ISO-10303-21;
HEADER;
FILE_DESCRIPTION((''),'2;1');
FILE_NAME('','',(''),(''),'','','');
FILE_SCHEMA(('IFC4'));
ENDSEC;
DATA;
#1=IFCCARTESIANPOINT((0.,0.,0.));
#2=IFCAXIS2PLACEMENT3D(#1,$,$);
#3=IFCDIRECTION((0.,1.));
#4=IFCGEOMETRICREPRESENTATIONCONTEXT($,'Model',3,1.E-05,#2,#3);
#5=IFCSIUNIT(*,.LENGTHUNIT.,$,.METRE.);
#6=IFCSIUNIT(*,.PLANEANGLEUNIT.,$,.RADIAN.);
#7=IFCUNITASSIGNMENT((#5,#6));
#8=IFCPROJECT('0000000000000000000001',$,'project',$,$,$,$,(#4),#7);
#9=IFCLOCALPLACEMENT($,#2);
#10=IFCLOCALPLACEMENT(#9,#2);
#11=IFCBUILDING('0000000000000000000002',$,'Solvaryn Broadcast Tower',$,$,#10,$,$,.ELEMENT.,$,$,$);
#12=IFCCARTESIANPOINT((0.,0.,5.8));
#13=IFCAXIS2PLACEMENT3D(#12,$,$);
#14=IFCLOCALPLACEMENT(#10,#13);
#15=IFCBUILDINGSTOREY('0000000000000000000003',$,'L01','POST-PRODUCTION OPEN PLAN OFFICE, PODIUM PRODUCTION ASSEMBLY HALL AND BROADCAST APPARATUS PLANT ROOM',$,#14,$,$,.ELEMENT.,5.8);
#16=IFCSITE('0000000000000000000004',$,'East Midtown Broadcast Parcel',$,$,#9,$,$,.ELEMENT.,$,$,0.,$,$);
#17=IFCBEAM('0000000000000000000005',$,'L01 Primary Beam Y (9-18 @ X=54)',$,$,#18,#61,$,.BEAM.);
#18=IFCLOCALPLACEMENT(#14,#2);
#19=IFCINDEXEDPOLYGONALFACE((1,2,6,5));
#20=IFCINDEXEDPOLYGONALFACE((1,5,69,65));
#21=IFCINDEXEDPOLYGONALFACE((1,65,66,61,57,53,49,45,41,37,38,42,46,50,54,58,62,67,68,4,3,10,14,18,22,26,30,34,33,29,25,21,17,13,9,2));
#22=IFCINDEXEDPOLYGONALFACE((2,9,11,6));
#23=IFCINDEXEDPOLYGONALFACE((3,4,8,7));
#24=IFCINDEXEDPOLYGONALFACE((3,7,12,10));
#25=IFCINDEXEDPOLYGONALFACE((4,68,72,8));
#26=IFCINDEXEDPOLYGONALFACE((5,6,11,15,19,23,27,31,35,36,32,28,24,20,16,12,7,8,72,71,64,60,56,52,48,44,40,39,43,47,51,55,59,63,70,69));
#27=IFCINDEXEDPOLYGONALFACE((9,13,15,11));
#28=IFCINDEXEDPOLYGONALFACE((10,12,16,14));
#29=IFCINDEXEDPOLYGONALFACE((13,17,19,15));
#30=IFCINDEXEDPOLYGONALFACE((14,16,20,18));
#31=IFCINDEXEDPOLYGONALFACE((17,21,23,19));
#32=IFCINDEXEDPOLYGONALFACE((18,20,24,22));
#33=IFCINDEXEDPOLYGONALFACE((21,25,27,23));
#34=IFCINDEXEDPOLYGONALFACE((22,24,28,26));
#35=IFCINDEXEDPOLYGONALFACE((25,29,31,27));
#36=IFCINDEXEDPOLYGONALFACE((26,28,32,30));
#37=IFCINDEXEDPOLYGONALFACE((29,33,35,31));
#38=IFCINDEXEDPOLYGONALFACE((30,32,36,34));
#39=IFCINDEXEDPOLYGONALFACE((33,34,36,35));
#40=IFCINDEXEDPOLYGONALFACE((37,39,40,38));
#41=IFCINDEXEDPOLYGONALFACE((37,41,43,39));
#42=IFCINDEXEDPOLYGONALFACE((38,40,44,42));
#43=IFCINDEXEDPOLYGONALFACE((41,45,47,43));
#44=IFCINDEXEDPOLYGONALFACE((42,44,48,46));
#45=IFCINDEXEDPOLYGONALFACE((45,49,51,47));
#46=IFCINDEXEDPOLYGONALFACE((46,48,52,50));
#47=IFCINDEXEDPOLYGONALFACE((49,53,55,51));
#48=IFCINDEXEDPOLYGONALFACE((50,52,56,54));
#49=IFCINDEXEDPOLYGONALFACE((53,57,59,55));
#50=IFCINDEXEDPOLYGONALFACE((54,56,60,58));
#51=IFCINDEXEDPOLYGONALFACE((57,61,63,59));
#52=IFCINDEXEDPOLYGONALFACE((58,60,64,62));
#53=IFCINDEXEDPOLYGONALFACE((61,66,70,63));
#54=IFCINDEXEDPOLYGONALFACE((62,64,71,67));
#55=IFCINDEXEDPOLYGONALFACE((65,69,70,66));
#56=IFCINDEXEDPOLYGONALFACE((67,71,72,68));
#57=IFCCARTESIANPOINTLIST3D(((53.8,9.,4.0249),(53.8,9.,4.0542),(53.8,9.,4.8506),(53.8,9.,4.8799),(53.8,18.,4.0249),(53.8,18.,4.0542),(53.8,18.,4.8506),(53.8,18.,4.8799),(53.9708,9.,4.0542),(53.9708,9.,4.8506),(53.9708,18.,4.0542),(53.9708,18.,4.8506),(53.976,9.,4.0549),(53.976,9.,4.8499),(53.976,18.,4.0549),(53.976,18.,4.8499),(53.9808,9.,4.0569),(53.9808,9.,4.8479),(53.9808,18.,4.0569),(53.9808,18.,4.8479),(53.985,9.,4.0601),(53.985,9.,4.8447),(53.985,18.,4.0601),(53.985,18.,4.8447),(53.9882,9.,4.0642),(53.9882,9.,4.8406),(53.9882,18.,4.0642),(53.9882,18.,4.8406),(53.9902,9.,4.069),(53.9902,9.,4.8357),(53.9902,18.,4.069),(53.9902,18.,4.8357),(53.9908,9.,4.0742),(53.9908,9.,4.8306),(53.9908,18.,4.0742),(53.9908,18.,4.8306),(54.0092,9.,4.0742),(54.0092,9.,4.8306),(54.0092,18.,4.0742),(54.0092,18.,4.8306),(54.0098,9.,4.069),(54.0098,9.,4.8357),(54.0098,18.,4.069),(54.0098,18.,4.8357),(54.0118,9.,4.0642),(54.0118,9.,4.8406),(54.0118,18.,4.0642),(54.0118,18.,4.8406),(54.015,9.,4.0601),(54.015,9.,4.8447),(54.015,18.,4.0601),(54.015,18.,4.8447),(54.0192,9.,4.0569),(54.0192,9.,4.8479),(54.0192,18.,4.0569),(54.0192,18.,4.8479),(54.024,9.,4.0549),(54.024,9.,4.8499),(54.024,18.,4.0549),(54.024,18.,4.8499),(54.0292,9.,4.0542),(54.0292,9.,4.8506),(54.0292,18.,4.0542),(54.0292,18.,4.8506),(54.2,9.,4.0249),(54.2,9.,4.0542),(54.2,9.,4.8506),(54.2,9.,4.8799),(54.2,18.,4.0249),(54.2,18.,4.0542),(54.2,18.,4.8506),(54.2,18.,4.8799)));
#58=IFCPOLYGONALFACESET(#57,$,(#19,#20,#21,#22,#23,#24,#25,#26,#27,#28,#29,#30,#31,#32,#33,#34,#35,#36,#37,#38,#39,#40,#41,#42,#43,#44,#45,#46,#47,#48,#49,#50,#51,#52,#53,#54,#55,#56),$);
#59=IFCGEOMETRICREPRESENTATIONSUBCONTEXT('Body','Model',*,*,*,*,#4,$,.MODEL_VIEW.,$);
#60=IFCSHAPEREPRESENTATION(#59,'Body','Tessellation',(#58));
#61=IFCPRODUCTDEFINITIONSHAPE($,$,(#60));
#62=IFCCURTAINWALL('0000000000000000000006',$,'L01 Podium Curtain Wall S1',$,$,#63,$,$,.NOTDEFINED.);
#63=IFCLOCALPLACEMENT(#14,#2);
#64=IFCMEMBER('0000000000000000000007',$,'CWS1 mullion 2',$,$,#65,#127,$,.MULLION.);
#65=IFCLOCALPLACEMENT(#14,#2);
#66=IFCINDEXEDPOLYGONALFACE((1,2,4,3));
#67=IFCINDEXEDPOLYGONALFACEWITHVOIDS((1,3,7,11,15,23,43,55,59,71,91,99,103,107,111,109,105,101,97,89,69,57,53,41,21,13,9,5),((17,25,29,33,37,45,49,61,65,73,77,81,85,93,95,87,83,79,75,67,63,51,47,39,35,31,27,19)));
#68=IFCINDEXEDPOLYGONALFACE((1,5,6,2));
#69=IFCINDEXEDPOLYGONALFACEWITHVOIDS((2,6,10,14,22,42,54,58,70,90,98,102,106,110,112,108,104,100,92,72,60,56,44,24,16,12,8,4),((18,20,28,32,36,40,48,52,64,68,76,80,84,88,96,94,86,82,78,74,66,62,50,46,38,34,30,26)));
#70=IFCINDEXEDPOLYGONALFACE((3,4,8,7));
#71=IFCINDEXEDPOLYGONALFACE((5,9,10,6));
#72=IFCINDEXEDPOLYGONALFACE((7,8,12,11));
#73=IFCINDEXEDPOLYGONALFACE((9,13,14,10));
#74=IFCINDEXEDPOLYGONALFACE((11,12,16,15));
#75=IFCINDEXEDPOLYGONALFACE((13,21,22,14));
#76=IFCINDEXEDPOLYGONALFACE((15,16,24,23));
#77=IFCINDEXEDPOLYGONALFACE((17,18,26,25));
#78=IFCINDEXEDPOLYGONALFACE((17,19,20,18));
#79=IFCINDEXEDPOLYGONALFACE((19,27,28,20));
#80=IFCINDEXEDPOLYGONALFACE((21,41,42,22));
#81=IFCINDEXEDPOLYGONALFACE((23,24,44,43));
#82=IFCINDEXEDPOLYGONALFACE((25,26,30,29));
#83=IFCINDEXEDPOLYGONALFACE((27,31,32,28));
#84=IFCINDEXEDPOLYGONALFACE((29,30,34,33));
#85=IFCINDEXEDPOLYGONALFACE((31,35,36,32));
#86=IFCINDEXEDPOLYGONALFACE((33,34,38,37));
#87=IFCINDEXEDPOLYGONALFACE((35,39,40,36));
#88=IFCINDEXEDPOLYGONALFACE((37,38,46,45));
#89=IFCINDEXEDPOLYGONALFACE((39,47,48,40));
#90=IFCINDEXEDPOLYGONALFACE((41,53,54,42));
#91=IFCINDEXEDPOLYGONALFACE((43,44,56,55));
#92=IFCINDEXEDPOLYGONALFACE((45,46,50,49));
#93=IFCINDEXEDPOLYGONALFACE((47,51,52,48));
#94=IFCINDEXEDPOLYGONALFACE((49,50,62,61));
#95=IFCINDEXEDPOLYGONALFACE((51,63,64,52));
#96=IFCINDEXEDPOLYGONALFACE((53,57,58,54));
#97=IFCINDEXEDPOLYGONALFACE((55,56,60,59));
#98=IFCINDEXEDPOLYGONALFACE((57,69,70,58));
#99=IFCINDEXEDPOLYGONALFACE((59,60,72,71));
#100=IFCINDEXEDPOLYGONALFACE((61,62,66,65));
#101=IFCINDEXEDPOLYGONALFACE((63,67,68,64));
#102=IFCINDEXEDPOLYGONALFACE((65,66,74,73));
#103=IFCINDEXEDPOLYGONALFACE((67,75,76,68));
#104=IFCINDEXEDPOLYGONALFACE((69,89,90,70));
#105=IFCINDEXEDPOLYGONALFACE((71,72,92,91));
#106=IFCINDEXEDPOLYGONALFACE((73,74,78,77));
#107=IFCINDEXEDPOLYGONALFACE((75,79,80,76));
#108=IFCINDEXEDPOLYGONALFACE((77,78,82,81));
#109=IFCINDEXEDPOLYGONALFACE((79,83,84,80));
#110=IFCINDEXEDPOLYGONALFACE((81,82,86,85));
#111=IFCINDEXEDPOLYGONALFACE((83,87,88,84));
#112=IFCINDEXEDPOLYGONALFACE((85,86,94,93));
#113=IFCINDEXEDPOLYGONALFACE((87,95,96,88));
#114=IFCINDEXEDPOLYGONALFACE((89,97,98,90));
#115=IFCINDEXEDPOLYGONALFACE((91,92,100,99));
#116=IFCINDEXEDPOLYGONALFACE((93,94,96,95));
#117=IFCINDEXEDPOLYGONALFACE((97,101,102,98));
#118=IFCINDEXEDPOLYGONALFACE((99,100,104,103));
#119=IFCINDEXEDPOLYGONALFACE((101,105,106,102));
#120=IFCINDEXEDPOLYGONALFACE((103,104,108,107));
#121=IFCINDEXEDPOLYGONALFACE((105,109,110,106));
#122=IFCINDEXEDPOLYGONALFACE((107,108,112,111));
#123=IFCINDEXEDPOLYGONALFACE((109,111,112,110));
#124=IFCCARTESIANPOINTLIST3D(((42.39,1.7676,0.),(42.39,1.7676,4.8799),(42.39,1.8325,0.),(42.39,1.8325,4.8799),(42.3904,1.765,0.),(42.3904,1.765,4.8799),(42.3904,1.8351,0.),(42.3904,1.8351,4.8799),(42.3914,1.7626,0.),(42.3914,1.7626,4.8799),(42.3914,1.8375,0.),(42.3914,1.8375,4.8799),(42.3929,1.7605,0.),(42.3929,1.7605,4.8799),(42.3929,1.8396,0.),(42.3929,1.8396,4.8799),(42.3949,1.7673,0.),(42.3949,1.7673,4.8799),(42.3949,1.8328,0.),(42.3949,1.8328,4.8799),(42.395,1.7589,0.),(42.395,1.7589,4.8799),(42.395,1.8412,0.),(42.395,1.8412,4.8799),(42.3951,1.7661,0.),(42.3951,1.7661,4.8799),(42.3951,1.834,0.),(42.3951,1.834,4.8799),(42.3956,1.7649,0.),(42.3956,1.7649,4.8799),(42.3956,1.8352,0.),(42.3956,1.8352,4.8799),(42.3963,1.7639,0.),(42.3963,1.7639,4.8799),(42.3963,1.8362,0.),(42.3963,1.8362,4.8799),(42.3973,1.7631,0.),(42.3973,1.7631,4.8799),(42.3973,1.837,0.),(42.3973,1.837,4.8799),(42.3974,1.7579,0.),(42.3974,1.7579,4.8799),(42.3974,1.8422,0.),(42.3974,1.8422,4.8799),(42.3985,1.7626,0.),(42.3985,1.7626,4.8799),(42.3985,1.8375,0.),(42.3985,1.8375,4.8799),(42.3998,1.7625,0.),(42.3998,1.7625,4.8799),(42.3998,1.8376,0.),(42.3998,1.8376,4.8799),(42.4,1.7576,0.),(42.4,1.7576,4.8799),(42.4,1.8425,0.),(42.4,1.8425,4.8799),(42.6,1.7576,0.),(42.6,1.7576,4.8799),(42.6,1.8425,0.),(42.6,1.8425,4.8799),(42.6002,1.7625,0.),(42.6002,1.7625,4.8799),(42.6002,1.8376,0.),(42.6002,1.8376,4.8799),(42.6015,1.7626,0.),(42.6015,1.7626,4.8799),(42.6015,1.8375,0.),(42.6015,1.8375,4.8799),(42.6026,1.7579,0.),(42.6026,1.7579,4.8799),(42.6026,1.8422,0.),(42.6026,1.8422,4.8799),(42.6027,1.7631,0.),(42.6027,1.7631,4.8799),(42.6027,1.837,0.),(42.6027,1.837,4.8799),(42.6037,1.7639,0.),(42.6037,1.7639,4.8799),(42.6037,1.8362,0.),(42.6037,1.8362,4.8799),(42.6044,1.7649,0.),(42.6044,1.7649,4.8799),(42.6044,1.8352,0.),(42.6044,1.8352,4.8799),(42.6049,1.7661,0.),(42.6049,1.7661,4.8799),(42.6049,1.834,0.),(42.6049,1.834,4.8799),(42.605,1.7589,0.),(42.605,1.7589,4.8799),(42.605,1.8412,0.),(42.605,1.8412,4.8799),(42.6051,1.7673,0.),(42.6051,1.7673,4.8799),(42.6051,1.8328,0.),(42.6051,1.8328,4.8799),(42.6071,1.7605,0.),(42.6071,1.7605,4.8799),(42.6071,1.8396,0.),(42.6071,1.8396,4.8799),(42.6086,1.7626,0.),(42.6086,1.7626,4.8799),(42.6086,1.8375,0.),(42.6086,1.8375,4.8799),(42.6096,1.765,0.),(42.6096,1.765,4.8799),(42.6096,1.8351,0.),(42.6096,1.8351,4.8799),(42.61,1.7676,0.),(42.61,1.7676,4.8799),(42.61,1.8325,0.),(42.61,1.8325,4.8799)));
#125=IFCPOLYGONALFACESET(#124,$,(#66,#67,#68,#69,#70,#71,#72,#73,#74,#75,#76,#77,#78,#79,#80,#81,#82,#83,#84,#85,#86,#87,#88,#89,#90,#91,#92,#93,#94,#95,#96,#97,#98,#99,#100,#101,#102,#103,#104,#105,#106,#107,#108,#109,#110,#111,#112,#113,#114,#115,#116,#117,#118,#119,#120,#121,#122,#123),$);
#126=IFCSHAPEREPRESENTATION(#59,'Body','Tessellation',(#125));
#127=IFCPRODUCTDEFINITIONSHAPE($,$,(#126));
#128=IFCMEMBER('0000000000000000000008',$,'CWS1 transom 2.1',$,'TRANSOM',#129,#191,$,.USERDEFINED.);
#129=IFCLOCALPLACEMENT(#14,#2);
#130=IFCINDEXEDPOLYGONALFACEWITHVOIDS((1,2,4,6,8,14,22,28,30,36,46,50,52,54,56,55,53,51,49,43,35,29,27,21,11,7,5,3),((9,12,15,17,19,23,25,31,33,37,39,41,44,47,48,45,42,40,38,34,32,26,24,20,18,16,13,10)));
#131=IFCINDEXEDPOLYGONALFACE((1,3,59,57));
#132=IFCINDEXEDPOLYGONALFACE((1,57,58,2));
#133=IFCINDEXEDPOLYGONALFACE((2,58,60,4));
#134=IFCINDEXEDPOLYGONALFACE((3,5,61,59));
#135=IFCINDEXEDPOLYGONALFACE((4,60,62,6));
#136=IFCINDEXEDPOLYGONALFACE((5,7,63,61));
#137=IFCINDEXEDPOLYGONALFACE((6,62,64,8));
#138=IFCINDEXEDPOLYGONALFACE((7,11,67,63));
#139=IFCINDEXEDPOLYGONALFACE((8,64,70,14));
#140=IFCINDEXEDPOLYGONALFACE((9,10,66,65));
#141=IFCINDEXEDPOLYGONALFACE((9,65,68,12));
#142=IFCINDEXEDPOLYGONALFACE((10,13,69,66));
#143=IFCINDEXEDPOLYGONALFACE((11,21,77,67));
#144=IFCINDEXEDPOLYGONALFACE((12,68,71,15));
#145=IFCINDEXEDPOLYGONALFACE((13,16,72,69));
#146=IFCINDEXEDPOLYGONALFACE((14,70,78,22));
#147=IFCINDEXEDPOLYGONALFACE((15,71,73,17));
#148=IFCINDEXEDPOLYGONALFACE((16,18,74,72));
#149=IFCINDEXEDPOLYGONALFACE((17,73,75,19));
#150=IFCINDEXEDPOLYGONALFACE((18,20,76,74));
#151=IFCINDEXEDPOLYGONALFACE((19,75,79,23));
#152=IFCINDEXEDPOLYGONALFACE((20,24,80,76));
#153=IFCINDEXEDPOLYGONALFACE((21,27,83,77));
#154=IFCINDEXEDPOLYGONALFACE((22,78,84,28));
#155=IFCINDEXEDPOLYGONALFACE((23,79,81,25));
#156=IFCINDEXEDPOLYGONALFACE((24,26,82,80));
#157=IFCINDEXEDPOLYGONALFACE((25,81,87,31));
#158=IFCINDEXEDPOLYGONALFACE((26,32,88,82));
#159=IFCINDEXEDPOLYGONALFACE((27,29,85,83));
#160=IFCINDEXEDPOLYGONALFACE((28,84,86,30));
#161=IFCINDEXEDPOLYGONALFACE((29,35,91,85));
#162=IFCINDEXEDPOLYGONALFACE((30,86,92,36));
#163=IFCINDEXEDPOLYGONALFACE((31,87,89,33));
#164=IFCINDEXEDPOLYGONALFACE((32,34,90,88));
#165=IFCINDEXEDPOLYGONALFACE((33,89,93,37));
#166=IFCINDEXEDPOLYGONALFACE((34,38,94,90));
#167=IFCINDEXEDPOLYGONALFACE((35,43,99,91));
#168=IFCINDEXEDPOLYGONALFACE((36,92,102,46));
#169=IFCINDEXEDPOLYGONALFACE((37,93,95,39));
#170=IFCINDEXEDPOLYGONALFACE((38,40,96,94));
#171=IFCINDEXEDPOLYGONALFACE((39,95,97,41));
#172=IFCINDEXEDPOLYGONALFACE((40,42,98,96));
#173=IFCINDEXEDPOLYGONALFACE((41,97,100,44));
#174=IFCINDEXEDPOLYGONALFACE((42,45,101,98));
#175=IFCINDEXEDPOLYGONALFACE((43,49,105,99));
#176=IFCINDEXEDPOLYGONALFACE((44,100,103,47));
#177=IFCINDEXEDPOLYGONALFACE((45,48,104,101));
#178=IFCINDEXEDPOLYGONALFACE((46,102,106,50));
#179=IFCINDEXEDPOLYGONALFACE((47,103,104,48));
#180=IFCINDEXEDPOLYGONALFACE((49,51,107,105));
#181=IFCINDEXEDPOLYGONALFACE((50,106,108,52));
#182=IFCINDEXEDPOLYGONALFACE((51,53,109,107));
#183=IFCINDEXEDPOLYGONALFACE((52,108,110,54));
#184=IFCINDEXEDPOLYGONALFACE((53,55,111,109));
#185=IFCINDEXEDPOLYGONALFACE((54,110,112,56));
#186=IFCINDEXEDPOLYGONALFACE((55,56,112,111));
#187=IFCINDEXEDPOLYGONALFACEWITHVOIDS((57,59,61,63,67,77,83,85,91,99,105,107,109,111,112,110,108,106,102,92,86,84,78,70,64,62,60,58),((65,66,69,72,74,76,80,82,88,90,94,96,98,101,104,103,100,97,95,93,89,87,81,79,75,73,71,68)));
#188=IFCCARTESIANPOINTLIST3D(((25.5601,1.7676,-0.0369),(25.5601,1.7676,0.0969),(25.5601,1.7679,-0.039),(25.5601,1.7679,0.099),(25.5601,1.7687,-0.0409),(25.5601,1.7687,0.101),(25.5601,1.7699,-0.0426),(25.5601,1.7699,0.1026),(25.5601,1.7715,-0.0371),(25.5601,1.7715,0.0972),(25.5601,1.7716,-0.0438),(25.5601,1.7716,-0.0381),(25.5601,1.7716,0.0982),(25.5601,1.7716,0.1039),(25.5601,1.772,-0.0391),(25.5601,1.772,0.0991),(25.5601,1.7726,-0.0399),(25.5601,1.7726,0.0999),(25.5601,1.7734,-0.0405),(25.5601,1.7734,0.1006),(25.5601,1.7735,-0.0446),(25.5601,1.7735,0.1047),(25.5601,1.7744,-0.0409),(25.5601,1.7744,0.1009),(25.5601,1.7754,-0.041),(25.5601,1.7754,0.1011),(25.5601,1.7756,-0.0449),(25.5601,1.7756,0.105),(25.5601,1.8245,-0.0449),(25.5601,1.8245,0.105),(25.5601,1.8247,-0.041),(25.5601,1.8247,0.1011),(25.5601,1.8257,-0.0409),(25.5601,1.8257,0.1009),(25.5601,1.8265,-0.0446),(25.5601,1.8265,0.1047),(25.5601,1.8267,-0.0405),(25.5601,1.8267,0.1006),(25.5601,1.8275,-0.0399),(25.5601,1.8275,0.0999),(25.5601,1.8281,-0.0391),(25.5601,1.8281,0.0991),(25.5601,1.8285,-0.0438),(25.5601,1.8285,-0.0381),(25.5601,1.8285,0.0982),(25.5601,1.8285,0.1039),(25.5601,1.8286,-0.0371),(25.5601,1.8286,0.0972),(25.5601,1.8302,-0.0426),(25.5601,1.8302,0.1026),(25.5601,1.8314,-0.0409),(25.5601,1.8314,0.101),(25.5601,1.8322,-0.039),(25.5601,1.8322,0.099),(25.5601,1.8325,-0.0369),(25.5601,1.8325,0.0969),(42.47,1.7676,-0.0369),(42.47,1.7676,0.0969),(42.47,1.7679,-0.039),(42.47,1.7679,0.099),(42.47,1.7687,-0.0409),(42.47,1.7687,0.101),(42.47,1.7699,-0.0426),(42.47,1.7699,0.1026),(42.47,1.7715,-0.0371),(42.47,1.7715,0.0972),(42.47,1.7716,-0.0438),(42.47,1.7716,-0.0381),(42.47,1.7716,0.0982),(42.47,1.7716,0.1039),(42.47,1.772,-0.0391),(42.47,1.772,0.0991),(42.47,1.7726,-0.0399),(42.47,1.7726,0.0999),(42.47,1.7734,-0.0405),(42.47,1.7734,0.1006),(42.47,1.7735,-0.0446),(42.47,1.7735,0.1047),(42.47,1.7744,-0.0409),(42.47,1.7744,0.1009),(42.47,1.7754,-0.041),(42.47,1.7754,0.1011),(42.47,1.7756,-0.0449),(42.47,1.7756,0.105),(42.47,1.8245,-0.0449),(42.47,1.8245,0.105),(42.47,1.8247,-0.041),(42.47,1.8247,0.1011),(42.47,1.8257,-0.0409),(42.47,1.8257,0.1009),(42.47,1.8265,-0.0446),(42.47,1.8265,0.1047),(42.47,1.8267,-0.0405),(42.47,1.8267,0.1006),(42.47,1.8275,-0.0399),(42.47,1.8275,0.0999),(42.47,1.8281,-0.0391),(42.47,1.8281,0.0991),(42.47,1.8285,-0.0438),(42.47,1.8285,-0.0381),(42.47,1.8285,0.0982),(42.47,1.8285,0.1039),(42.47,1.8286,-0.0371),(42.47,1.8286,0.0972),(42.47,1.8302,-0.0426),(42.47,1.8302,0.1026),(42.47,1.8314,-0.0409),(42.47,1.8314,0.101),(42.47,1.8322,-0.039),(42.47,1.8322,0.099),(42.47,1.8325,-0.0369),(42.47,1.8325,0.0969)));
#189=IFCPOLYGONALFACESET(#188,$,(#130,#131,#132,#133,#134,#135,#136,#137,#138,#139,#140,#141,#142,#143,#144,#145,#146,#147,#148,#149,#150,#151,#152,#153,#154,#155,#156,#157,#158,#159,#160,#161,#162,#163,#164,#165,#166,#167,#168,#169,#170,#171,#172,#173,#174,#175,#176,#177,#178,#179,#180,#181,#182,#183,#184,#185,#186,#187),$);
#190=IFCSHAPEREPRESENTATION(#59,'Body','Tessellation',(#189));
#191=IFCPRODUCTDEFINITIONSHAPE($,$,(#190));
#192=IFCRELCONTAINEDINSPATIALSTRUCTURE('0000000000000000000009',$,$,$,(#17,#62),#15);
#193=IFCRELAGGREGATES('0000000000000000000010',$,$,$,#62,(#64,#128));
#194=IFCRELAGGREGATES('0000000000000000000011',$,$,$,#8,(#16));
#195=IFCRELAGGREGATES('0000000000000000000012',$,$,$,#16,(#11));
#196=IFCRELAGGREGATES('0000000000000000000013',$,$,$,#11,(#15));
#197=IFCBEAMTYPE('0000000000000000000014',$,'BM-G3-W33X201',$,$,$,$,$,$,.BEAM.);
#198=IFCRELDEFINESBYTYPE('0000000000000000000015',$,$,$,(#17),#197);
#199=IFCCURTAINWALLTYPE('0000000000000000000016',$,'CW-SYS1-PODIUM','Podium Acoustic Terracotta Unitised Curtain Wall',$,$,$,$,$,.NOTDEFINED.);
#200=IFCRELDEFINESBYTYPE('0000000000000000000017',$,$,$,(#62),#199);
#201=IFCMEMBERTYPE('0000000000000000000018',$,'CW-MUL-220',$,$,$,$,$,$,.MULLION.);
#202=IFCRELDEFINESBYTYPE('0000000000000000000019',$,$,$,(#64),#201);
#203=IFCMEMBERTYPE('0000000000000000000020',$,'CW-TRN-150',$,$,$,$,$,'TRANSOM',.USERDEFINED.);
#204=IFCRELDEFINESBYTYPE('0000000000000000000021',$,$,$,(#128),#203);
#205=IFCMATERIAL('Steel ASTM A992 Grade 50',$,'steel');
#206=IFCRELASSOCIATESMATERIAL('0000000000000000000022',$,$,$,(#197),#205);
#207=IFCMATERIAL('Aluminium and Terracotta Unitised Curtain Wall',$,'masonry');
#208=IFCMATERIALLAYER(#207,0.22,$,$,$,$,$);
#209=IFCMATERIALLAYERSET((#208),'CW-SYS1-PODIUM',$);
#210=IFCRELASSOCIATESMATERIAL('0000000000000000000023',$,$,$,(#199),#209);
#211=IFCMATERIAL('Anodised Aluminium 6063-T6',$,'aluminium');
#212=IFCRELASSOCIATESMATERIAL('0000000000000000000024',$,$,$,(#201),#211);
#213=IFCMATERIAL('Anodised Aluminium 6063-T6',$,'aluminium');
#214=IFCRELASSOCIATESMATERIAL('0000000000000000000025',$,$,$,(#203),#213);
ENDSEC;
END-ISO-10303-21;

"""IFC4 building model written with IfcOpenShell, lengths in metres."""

from ifc_helpers import new_model, si_unit, direction, frame, origin, origin_2d, place, context, subcontext, project, spatial, hollow_rectangle, i_section, extrude, material, layer, layer_set, material_profile, profile_set, type_object, element, aggregate, save


model = new_model("IFC4")

# Units and contexts
model_context = context("Model", 3, precision=1e-05, world=origin(), true_north=direction((0.0, 1.0)))
body_context = subcontext(model_context, "Body", "Model", "MODEL_VIEW")
ifc_project = project(units=[si_unit("LENGTHUNIT", "METRE"), si_unit("PLANEANGLEUNIT", "RADIAN")], contexts=[model_context])

# Site, building, storey
site_placement = place(None, origin())
site = spatial("IfcSite", under=ifc_project, at=site_placement, Name="East Midtown Broadcast Parcel", CompositionType="ELEMENT", RefElevation=0.0)
building_placement = place(site_placement, origin())
building = spatial("IfcBuilding", under=site, at=building_placement, Name="Solvaryn Broadcast Tower", CompositionType="ELEMENT")
storey_placement = place(building_placement, frame((0.0, 0.0, 5.8)))
storey = spatial("IfcBuildingStorey", under=building, at=storey_placement, Name="L01", Description="POST-PRODUCTION OPEN PLAN OFFICE, PODIUM PRODUCTION ASSEMBLY HALL AND BROADCAST APPARATUS PLANT ROOM", CompositionType="ELEMENT", Elevation=5.8)

# Beam
ifc_material_1 = material(Name="Steel ASTM A992 Grade 50", Category="steel")
ifc_material_profile_1 = material_profile(ifc_material_1, i_section(OverallWidth=0.3999, OverallDepth=0.855, WebThickness=0.0183, FlangeThickness=0.0293, FilletRadius=0.02, at=origin_2d()))
ifc_profile_set_1 = profile_set([ifc_material_profile_1], Name="Steel ASTM A992 Grade 50")
beam_type_1 = type_object("IfcBeamType", Name="BM-G3-W33X201", PredefinedType="BEAM", material=ifc_profile_set_1)
beam_1_placement = place(storey_placement, frame((54.0, 9.0, 4.4524), z_axis=(0.0, 1.0, 0.0), x_axis=(-1.0, 0.0, 0.0)))
element("IfcBeam", 1, at=beam_1_placement, inside=storey, type_object=beam_type_1, Name="L01 Primary Beam Y (9-18 @ X=54)", PredefinedType="BEAM", context=body_context, shape_type="SweptSolid", body=[
    extrude(i_section(OverallWidth=0.3999, OverallDepth=0.855, WebThickness=0.0183, FlangeThickness=0.0293, FilletRadius=0.02, at=origin_2d()), origin(), (0.0, 0.0, 1.0), 9.0),
])

# Curtain wall, members
ifc_material_2 = material(Name="Aluminium and Terracotta Unitised Curtain Wall", Category="masonry")
ifc_layer_1 = layer(ifc_material_2, 0.22)
ifc_layer_set_1 = layer_set([ifc_layer_1], Name="CW-SYS1-PODIUM")
curtain_wall_type = type_object("IfcCurtainWallType", Name="CW-SYS1-PODIUM", Description="Podium Acoustic Terracotta Unitised Curtain Wall", PredefinedType="NOTDEFINED", material=ifc_layer_set_1)
curtain_wall_placement = place(storey_placement, origin())
curtain_wall = element("IfcCurtainWall", 2, at=curtain_wall_placement, inside=storey, type_object=curtain_wall_type, Name="L01 Podium Curtain Wall S1", PredefinedType="NOTDEFINED")
ifc_material_3 = material(Name="Anodised Aluminium 6063-T6", Category="aluminium")
ifc_material_profile_2 = material_profile(ifc_material_3, hollow_rectangle(XDim=0.085, YDim=0.22, WallThickness=0.0049, InnerFilletRadius=0.0049, OuterFilletRadius=0.01, at=origin_2d()))
ifc_profile_set_2 = profile_set([ifc_material_profile_2], Name="Anodised Aluminium 6063-T6")
member_type_1 = type_object("IfcMemberType", Name="CW-MUL-220", PredefinedType="MULLION", material=ifc_profile_set_2)
member_1_placement = place(storey_placement, frame((42.5, 1.8, 0.0), z_axis=(0.0, 0.0, 1.0), x_axis=(0.0, -1.0, 0.0)))
member_1 = element("IfcMember", 3, at=member_1_placement, type_object=member_type_1, Name="CWS1 mullion 2", PredefinedType="MULLION", context=body_context, shape_type="SweptSolid", body=[
    extrude(hollow_rectangle(XDim=0.085, YDim=0.22, WallThickness=0.0049, InnerFilletRadius=0.0049, OuterFilletRadius=0.01, at=origin_2d()), origin(), (0.0, 0.0, 1.0), 4.8799),
])
ifc_material_4 = material(Name="Anodised Aluminium 6063-T6", Category="aluminium")
ifc_material_profile_3 = material_profile(ifc_material_4, hollow_rectangle(XDim=0.0649, YDim=0.1499, WallThickness=0.0039, InnerFilletRadius=0.0039, OuterFilletRadius=0.0081, at=origin_2d()))
ifc_profile_set_3 = profile_set([ifc_material_profile_3], Name="Anodised Aluminium 6063-T6")
member_type_2 = type_object("IfcMemberType", Name="CW-TRN-150", ElementType="TRANSOM", PredefinedType="USERDEFINED", material=ifc_profile_set_3)
member_2_placement = place(storey_placement, frame((42.47, 1.8, 0.03), z_axis=(-1.0, 0.0, 0.0), x_axis=(0.0, -1.0, 0.0)))
member_2 = element("IfcMember", 4, at=member_2_placement, type_object=member_type_2, Name="CWS1 transom 2.1", ObjectType="TRANSOM", PredefinedType="USERDEFINED", context=body_context, shape_type="SweptSolid", body=[
    extrude(hollow_rectangle(XDim=0.0649, YDim=0.1499, WallThickness=0.0039, InnerFilletRadius=0.0039, OuterFilletRadius=0.0081, at=origin_2d()), origin(), (0.0, 0.0, 1.0), 16.9099),
])
aggregate(curtain_wall, [member_1, member_2])

save(model, "model.ifc")
